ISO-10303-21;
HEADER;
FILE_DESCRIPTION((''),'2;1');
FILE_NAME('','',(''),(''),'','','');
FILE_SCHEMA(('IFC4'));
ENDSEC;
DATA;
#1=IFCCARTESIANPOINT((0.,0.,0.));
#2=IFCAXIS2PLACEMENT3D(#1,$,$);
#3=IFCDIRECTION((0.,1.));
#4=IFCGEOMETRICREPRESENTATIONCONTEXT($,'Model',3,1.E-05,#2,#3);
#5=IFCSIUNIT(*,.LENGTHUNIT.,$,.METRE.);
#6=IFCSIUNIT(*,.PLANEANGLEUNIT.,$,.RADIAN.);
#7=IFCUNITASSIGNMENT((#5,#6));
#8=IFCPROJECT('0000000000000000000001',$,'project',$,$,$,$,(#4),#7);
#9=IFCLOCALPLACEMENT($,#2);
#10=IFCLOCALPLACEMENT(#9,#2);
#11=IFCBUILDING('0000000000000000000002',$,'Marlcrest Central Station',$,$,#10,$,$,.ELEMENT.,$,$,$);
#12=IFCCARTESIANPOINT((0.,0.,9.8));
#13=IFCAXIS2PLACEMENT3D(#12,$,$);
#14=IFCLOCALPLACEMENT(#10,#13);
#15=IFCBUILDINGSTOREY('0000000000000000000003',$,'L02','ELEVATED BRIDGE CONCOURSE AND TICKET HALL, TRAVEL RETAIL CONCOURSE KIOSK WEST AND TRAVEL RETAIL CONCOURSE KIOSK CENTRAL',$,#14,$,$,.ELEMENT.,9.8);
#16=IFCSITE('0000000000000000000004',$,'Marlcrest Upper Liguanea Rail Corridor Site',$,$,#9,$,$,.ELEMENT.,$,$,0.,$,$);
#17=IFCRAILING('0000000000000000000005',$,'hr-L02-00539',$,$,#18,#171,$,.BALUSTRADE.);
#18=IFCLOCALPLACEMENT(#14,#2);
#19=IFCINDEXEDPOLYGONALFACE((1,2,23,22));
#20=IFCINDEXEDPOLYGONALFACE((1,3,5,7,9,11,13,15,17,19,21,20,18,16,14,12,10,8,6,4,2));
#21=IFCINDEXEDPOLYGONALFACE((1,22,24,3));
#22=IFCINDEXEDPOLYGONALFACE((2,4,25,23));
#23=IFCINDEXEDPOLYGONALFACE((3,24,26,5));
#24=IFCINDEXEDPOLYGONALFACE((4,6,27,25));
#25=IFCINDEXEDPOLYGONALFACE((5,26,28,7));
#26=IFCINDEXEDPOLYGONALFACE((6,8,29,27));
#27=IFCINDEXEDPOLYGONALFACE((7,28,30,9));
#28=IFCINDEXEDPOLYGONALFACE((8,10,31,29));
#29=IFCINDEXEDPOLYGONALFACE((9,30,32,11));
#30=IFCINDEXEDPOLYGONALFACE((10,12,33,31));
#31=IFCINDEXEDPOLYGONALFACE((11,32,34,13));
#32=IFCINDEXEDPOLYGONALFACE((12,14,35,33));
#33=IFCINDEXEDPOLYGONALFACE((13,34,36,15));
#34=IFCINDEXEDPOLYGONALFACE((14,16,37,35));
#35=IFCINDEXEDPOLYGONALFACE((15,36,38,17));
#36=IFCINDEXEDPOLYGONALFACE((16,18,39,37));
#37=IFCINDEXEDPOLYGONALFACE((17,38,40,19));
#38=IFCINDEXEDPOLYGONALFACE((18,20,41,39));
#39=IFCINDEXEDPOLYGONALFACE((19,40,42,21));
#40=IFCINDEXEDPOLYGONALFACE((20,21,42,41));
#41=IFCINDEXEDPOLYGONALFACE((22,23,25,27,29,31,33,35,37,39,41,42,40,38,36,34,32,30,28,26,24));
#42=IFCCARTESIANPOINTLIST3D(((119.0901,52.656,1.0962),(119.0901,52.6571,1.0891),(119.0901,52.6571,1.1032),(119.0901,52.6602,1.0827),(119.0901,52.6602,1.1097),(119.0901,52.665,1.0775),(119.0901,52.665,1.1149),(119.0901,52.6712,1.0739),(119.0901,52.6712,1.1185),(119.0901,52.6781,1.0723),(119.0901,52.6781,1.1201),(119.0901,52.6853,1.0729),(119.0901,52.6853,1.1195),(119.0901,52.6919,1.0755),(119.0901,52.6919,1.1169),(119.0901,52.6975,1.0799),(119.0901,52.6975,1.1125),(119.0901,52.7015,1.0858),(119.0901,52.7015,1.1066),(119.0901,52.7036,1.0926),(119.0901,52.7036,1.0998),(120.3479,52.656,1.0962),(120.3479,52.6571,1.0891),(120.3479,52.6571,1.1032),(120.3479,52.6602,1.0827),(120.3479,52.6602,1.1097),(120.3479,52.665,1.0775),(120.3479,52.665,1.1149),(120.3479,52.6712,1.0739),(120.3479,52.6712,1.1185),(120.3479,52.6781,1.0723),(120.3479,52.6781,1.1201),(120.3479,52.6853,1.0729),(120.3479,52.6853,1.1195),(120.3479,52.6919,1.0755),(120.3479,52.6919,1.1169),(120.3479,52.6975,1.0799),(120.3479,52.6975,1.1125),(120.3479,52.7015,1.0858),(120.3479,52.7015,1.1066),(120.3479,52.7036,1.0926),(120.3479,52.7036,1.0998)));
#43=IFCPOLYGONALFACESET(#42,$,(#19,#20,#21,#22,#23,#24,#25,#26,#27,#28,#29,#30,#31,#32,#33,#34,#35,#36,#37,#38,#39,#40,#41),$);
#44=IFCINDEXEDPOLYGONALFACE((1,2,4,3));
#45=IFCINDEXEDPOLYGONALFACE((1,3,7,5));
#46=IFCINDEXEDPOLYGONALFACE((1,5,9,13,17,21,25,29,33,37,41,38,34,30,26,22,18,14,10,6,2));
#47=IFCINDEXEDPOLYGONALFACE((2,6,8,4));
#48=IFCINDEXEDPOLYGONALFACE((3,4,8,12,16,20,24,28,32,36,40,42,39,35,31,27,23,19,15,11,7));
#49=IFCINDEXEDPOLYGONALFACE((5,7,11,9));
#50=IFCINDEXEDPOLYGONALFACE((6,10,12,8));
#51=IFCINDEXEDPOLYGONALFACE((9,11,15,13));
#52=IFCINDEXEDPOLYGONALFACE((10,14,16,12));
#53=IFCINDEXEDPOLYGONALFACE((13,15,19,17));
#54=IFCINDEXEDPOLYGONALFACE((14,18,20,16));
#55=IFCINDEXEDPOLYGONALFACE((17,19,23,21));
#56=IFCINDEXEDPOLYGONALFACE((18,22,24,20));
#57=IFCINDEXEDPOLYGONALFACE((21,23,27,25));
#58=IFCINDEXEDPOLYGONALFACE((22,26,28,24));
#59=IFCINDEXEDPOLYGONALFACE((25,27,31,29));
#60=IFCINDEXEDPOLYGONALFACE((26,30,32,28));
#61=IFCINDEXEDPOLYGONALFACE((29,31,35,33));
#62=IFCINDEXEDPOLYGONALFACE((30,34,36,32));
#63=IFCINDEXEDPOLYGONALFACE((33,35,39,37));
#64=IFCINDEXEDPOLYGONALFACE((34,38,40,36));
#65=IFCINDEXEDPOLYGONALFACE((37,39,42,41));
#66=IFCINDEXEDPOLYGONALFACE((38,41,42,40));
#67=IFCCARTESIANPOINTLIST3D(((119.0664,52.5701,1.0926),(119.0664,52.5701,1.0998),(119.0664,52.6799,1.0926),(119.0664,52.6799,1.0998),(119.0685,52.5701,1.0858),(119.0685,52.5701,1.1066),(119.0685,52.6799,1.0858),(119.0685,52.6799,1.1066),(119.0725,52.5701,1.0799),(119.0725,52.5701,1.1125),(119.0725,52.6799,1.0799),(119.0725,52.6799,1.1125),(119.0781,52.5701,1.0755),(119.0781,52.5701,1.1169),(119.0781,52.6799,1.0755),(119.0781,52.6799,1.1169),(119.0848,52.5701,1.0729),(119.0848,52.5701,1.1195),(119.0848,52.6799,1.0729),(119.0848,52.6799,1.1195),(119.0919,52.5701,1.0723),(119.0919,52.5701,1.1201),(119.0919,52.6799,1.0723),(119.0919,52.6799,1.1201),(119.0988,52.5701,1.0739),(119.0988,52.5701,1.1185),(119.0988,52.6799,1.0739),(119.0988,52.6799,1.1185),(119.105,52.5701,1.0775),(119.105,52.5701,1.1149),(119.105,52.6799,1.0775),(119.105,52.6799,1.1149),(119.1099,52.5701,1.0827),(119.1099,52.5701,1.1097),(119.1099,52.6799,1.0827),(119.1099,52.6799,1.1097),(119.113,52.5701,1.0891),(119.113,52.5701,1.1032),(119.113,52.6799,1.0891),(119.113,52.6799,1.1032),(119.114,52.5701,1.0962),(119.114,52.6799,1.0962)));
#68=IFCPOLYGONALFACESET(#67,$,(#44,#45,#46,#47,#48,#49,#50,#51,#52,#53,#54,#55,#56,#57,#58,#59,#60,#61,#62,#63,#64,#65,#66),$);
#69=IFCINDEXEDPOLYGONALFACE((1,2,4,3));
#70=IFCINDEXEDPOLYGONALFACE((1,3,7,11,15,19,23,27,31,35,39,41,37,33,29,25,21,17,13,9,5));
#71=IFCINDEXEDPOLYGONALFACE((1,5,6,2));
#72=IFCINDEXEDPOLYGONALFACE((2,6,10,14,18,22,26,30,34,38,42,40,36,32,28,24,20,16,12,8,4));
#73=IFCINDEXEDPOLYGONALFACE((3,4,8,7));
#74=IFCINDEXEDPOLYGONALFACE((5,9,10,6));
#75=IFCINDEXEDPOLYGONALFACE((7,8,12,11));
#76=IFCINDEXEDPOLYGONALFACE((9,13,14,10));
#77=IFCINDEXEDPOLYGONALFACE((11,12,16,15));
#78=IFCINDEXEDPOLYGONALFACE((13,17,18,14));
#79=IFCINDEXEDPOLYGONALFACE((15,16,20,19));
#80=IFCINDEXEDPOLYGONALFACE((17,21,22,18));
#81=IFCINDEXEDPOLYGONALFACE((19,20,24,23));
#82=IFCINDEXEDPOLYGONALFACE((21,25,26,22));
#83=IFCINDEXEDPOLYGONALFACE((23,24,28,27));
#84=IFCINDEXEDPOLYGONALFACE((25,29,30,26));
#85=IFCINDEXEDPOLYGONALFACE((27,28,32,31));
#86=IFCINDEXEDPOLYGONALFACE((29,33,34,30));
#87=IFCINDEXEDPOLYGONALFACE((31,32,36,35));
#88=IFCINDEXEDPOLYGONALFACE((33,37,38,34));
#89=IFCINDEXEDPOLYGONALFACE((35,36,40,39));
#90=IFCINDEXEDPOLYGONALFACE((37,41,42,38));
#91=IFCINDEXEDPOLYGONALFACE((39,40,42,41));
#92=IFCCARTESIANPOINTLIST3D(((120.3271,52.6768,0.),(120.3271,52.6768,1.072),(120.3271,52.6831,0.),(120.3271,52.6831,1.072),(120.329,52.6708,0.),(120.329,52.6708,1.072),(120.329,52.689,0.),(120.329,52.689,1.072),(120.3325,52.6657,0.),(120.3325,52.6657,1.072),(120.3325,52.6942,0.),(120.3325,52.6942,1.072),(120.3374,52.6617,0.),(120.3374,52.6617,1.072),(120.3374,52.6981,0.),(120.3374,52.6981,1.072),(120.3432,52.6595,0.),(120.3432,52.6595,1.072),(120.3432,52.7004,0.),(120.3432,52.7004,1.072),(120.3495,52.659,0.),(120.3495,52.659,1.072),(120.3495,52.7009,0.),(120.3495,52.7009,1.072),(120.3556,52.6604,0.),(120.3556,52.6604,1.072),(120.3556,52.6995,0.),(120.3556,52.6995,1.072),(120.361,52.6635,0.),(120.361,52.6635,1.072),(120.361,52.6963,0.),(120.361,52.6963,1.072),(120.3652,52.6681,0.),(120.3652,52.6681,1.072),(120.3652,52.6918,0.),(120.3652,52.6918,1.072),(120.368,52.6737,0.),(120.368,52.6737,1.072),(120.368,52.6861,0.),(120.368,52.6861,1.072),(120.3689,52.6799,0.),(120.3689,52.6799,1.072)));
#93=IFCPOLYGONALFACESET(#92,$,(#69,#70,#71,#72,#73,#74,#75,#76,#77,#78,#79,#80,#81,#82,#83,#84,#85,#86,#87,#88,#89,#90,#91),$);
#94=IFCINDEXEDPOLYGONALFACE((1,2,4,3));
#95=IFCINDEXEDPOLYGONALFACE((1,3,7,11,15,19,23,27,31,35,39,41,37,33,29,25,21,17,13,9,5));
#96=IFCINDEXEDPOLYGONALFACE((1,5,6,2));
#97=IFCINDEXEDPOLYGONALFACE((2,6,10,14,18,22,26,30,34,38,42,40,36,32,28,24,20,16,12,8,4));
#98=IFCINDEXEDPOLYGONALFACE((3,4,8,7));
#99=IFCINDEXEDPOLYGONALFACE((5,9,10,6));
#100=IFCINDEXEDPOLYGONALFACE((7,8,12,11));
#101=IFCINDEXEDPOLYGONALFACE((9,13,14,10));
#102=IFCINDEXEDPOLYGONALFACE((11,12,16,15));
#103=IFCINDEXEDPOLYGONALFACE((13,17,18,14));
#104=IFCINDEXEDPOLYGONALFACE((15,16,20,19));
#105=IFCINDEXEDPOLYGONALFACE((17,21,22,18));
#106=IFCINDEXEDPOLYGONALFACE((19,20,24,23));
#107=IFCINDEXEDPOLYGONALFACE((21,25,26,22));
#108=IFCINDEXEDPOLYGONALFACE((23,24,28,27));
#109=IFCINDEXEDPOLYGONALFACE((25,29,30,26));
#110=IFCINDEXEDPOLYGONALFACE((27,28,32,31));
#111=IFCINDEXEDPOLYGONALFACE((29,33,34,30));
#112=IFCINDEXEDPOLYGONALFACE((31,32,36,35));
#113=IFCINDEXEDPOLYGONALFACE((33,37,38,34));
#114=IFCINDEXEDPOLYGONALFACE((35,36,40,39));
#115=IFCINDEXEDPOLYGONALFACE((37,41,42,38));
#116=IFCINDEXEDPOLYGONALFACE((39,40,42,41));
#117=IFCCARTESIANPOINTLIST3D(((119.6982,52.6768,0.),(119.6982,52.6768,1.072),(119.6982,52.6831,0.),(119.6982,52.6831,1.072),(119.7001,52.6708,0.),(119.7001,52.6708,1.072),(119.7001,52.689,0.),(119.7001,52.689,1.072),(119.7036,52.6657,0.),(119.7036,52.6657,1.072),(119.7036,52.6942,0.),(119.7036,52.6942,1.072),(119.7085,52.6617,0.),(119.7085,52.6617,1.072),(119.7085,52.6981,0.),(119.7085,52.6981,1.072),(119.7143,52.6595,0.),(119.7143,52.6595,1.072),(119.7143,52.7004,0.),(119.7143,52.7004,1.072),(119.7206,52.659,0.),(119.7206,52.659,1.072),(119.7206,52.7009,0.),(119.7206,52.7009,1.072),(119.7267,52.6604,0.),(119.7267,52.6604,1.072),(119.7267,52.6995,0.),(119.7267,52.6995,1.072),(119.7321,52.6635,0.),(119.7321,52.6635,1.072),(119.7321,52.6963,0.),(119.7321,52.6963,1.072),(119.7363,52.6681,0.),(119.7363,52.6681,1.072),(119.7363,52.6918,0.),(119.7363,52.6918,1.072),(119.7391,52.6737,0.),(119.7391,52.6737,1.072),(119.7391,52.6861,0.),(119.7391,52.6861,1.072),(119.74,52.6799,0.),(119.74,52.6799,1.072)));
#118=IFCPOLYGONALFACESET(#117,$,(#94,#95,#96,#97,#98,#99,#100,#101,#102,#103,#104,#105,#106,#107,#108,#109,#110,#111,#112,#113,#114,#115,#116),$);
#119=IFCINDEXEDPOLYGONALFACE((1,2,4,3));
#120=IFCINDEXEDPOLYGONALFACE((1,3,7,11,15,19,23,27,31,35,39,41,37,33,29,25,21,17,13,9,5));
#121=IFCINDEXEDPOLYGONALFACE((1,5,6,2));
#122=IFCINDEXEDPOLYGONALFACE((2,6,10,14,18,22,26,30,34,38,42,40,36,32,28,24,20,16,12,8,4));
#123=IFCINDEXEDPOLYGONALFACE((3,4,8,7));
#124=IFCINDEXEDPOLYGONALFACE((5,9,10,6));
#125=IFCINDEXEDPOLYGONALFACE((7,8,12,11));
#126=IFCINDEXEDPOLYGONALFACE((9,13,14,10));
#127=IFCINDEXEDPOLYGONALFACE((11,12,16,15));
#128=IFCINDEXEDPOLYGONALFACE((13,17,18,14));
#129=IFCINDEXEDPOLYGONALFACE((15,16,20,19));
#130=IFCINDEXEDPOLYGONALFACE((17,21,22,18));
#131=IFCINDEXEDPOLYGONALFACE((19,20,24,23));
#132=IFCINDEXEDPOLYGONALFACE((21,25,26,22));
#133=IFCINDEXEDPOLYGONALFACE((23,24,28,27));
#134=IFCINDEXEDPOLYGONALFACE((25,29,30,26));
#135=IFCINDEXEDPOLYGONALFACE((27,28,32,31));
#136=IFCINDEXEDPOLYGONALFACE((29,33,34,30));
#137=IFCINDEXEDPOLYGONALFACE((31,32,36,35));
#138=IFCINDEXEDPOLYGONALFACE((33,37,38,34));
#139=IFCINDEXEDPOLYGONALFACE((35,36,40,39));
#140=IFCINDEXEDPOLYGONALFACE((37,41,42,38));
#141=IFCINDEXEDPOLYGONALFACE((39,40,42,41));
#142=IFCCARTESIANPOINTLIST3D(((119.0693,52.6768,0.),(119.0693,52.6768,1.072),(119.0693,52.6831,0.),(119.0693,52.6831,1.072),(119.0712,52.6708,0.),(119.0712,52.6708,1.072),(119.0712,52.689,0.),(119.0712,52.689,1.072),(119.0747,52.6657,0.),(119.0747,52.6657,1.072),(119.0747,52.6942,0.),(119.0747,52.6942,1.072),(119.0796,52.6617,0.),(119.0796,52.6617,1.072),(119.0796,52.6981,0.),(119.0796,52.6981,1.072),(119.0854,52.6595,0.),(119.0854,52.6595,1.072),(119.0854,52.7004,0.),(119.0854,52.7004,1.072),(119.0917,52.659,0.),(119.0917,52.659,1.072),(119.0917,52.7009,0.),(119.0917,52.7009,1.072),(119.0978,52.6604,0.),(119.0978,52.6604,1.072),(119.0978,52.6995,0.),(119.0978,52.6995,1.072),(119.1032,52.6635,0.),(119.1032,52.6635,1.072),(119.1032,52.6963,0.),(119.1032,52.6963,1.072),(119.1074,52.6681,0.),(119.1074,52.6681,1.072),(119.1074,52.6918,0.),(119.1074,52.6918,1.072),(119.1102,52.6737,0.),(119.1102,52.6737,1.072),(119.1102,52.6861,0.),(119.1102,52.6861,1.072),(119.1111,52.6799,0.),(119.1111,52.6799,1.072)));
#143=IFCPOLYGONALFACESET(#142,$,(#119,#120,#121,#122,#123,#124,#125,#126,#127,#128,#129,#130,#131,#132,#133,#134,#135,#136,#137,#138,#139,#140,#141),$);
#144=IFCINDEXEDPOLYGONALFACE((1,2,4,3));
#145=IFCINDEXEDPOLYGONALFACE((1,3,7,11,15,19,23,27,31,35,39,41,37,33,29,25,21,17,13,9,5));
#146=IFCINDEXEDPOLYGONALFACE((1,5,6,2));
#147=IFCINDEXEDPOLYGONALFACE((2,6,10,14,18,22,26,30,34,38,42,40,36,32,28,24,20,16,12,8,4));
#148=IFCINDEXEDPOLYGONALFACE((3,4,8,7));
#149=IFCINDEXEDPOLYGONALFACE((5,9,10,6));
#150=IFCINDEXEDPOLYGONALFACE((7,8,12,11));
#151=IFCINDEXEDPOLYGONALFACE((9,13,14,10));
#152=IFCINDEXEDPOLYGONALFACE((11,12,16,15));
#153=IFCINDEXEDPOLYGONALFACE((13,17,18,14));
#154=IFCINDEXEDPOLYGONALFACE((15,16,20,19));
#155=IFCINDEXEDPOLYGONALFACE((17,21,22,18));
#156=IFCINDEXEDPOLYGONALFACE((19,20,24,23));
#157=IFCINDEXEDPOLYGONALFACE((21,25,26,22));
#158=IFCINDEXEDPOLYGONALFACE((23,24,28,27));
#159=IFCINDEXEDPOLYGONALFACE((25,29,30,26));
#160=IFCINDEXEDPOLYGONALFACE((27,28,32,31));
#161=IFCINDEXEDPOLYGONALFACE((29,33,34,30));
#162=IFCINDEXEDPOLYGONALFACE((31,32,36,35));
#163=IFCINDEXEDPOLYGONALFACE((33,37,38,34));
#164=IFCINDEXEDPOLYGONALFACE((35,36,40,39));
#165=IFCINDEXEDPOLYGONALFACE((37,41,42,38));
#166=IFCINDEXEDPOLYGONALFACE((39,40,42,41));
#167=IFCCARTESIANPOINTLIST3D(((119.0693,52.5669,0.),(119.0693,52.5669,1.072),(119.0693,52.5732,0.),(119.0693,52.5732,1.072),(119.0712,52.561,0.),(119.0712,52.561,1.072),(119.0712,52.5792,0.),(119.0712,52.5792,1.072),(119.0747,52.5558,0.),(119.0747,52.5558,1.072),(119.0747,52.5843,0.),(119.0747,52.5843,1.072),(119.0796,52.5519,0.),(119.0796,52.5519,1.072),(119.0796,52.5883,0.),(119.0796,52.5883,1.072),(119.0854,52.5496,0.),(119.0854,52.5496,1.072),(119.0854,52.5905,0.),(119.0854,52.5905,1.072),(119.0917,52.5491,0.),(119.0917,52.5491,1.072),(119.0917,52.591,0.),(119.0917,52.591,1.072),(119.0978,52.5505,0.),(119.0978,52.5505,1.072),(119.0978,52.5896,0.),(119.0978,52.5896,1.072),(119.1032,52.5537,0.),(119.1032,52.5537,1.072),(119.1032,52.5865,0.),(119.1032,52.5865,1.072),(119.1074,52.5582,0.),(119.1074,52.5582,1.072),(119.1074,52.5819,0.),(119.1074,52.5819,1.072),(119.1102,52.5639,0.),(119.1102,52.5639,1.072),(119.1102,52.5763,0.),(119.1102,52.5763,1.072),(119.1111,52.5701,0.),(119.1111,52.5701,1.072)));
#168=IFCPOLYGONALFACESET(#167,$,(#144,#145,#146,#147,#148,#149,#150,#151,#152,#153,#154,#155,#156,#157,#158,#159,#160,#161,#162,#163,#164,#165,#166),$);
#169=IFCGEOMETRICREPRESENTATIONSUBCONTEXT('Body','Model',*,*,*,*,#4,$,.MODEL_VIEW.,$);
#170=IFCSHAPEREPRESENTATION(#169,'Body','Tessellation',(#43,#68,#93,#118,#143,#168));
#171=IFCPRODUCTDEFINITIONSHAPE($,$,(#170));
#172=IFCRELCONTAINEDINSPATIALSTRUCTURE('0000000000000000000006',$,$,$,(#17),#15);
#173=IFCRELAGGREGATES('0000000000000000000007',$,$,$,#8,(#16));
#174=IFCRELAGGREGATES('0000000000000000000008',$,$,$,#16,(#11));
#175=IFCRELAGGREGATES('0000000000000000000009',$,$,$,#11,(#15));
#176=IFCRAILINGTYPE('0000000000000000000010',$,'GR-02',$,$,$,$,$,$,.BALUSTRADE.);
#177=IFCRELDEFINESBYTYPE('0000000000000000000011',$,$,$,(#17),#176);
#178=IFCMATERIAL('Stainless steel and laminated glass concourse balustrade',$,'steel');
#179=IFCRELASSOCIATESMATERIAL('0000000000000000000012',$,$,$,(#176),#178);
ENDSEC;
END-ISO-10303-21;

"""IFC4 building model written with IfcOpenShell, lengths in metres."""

from ifc_helpers import new_model, si_unit, direction, frame, origin, origin_2d, place, context, subcontext, project, spatial, circle, extrude, material, type_object, element, save


model = new_model("IFC4")

# Units and contexts
model_context = context("Model", 3, precision=1e-05, world=origin(), true_north=direction((0.0, 1.0)))
body_context = subcontext(model_context, "Body", "Model", "MODEL_VIEW")
ifc_project = project(units=[si_unit("LENGTHUNIT", "METRE"), si_unit("PLANEANGLEUNIT", "RADIAN")], contexts=[model_context])

# Site, building, storey
site_placement = place(None, origin())
site = spatial("IfcSite", under=ifc_project, at=site_placement, Name="Marlcrest Upper Liguanea Rail Corridor Site", CompositionType="ELEMENT", RefElevation=0.0)
building_placement = place(site_placement, origin())
building = spatial("IfcBuilding", under=site, at=building_placement, Name="Marlcrest Central Station", CompositionType="ELEMENT")
storey_placement = place(building_placement, frame((0.0, 0.0, 9.8)))
storey = spatial("IfcBuildingStorey", under=building, at=storey_placement, Name="L02", Description="ELEVATED BRIDGE CONCOURSE AND TICKET HALL, TRAVEL RETAIL CONCOURSE KIOSK WEST AND TRAVEL RETAIL CONCOURSE KIOSK CENTRAL", CompositionType="ELEMENT", Elevation=9.8)

# Railing
ifc_material_1 = material(Name="Stainless steel and laminated glass concourse balustrade", Category="steel")
railing_type = type_object("IfcRailingType", Name="GR-02", PredefinedType="BALUSTRADE", material=ifc_material_1)
for number, where, name in (
    (1, (120.3479, 52.6799, 0.0), "hr-L02-00539"),
):
    element("IfcRailing", number, at=place(storey_placement, frame(where)), inside=storey, type_object=railing_type, Name=name, PredefinedType="BALUSTRADE", context=body_context, shape_type="SweptSolid", body=[
        extrude(circle(Radius=0.0239, at=origin_2d()), frame((0.0, 0.0, 1.0962), z_axis=(-1.0, 0.0, 0.0), x_axis=(0.0, -1.0, 0.0)), (0.0, 0.0, 1.0), 1.2578),
        extrude(circle(Radius=0.0239, at=origin_2d()), frame((-1.2578, 0.0, 1.0962), z_axis=(0.0, -1.0, 0.0), x_axis=(1.0, 0.0, 0.0)), (0.0, 0.0, 1.0), 0.1099),
        extrude(circle(Radius=0.021, at=origin_2d()), origin(), (0.0, 0.0, 1.0), 1.072),
        extrude(circle(Radius=0.021, at=origin_2d()), frame((-0.6289, 0.0, 0.0)), (0.0, 0.0, 1.0), 1.072),
        extrude(circle(Radius=0.021, at=origin_2d()), frame((-1.2578, 0.0, 0.0)), (0.0, 0.0, 1.0), 1.072),
        extrude(circle(Radius=0.021, at=origin_2d()), frame((-1.2578, -0.1099, 0.0)), (0.0, 0.0, 1.0), 1.072),
    ])

save(model, "model.ifc")
